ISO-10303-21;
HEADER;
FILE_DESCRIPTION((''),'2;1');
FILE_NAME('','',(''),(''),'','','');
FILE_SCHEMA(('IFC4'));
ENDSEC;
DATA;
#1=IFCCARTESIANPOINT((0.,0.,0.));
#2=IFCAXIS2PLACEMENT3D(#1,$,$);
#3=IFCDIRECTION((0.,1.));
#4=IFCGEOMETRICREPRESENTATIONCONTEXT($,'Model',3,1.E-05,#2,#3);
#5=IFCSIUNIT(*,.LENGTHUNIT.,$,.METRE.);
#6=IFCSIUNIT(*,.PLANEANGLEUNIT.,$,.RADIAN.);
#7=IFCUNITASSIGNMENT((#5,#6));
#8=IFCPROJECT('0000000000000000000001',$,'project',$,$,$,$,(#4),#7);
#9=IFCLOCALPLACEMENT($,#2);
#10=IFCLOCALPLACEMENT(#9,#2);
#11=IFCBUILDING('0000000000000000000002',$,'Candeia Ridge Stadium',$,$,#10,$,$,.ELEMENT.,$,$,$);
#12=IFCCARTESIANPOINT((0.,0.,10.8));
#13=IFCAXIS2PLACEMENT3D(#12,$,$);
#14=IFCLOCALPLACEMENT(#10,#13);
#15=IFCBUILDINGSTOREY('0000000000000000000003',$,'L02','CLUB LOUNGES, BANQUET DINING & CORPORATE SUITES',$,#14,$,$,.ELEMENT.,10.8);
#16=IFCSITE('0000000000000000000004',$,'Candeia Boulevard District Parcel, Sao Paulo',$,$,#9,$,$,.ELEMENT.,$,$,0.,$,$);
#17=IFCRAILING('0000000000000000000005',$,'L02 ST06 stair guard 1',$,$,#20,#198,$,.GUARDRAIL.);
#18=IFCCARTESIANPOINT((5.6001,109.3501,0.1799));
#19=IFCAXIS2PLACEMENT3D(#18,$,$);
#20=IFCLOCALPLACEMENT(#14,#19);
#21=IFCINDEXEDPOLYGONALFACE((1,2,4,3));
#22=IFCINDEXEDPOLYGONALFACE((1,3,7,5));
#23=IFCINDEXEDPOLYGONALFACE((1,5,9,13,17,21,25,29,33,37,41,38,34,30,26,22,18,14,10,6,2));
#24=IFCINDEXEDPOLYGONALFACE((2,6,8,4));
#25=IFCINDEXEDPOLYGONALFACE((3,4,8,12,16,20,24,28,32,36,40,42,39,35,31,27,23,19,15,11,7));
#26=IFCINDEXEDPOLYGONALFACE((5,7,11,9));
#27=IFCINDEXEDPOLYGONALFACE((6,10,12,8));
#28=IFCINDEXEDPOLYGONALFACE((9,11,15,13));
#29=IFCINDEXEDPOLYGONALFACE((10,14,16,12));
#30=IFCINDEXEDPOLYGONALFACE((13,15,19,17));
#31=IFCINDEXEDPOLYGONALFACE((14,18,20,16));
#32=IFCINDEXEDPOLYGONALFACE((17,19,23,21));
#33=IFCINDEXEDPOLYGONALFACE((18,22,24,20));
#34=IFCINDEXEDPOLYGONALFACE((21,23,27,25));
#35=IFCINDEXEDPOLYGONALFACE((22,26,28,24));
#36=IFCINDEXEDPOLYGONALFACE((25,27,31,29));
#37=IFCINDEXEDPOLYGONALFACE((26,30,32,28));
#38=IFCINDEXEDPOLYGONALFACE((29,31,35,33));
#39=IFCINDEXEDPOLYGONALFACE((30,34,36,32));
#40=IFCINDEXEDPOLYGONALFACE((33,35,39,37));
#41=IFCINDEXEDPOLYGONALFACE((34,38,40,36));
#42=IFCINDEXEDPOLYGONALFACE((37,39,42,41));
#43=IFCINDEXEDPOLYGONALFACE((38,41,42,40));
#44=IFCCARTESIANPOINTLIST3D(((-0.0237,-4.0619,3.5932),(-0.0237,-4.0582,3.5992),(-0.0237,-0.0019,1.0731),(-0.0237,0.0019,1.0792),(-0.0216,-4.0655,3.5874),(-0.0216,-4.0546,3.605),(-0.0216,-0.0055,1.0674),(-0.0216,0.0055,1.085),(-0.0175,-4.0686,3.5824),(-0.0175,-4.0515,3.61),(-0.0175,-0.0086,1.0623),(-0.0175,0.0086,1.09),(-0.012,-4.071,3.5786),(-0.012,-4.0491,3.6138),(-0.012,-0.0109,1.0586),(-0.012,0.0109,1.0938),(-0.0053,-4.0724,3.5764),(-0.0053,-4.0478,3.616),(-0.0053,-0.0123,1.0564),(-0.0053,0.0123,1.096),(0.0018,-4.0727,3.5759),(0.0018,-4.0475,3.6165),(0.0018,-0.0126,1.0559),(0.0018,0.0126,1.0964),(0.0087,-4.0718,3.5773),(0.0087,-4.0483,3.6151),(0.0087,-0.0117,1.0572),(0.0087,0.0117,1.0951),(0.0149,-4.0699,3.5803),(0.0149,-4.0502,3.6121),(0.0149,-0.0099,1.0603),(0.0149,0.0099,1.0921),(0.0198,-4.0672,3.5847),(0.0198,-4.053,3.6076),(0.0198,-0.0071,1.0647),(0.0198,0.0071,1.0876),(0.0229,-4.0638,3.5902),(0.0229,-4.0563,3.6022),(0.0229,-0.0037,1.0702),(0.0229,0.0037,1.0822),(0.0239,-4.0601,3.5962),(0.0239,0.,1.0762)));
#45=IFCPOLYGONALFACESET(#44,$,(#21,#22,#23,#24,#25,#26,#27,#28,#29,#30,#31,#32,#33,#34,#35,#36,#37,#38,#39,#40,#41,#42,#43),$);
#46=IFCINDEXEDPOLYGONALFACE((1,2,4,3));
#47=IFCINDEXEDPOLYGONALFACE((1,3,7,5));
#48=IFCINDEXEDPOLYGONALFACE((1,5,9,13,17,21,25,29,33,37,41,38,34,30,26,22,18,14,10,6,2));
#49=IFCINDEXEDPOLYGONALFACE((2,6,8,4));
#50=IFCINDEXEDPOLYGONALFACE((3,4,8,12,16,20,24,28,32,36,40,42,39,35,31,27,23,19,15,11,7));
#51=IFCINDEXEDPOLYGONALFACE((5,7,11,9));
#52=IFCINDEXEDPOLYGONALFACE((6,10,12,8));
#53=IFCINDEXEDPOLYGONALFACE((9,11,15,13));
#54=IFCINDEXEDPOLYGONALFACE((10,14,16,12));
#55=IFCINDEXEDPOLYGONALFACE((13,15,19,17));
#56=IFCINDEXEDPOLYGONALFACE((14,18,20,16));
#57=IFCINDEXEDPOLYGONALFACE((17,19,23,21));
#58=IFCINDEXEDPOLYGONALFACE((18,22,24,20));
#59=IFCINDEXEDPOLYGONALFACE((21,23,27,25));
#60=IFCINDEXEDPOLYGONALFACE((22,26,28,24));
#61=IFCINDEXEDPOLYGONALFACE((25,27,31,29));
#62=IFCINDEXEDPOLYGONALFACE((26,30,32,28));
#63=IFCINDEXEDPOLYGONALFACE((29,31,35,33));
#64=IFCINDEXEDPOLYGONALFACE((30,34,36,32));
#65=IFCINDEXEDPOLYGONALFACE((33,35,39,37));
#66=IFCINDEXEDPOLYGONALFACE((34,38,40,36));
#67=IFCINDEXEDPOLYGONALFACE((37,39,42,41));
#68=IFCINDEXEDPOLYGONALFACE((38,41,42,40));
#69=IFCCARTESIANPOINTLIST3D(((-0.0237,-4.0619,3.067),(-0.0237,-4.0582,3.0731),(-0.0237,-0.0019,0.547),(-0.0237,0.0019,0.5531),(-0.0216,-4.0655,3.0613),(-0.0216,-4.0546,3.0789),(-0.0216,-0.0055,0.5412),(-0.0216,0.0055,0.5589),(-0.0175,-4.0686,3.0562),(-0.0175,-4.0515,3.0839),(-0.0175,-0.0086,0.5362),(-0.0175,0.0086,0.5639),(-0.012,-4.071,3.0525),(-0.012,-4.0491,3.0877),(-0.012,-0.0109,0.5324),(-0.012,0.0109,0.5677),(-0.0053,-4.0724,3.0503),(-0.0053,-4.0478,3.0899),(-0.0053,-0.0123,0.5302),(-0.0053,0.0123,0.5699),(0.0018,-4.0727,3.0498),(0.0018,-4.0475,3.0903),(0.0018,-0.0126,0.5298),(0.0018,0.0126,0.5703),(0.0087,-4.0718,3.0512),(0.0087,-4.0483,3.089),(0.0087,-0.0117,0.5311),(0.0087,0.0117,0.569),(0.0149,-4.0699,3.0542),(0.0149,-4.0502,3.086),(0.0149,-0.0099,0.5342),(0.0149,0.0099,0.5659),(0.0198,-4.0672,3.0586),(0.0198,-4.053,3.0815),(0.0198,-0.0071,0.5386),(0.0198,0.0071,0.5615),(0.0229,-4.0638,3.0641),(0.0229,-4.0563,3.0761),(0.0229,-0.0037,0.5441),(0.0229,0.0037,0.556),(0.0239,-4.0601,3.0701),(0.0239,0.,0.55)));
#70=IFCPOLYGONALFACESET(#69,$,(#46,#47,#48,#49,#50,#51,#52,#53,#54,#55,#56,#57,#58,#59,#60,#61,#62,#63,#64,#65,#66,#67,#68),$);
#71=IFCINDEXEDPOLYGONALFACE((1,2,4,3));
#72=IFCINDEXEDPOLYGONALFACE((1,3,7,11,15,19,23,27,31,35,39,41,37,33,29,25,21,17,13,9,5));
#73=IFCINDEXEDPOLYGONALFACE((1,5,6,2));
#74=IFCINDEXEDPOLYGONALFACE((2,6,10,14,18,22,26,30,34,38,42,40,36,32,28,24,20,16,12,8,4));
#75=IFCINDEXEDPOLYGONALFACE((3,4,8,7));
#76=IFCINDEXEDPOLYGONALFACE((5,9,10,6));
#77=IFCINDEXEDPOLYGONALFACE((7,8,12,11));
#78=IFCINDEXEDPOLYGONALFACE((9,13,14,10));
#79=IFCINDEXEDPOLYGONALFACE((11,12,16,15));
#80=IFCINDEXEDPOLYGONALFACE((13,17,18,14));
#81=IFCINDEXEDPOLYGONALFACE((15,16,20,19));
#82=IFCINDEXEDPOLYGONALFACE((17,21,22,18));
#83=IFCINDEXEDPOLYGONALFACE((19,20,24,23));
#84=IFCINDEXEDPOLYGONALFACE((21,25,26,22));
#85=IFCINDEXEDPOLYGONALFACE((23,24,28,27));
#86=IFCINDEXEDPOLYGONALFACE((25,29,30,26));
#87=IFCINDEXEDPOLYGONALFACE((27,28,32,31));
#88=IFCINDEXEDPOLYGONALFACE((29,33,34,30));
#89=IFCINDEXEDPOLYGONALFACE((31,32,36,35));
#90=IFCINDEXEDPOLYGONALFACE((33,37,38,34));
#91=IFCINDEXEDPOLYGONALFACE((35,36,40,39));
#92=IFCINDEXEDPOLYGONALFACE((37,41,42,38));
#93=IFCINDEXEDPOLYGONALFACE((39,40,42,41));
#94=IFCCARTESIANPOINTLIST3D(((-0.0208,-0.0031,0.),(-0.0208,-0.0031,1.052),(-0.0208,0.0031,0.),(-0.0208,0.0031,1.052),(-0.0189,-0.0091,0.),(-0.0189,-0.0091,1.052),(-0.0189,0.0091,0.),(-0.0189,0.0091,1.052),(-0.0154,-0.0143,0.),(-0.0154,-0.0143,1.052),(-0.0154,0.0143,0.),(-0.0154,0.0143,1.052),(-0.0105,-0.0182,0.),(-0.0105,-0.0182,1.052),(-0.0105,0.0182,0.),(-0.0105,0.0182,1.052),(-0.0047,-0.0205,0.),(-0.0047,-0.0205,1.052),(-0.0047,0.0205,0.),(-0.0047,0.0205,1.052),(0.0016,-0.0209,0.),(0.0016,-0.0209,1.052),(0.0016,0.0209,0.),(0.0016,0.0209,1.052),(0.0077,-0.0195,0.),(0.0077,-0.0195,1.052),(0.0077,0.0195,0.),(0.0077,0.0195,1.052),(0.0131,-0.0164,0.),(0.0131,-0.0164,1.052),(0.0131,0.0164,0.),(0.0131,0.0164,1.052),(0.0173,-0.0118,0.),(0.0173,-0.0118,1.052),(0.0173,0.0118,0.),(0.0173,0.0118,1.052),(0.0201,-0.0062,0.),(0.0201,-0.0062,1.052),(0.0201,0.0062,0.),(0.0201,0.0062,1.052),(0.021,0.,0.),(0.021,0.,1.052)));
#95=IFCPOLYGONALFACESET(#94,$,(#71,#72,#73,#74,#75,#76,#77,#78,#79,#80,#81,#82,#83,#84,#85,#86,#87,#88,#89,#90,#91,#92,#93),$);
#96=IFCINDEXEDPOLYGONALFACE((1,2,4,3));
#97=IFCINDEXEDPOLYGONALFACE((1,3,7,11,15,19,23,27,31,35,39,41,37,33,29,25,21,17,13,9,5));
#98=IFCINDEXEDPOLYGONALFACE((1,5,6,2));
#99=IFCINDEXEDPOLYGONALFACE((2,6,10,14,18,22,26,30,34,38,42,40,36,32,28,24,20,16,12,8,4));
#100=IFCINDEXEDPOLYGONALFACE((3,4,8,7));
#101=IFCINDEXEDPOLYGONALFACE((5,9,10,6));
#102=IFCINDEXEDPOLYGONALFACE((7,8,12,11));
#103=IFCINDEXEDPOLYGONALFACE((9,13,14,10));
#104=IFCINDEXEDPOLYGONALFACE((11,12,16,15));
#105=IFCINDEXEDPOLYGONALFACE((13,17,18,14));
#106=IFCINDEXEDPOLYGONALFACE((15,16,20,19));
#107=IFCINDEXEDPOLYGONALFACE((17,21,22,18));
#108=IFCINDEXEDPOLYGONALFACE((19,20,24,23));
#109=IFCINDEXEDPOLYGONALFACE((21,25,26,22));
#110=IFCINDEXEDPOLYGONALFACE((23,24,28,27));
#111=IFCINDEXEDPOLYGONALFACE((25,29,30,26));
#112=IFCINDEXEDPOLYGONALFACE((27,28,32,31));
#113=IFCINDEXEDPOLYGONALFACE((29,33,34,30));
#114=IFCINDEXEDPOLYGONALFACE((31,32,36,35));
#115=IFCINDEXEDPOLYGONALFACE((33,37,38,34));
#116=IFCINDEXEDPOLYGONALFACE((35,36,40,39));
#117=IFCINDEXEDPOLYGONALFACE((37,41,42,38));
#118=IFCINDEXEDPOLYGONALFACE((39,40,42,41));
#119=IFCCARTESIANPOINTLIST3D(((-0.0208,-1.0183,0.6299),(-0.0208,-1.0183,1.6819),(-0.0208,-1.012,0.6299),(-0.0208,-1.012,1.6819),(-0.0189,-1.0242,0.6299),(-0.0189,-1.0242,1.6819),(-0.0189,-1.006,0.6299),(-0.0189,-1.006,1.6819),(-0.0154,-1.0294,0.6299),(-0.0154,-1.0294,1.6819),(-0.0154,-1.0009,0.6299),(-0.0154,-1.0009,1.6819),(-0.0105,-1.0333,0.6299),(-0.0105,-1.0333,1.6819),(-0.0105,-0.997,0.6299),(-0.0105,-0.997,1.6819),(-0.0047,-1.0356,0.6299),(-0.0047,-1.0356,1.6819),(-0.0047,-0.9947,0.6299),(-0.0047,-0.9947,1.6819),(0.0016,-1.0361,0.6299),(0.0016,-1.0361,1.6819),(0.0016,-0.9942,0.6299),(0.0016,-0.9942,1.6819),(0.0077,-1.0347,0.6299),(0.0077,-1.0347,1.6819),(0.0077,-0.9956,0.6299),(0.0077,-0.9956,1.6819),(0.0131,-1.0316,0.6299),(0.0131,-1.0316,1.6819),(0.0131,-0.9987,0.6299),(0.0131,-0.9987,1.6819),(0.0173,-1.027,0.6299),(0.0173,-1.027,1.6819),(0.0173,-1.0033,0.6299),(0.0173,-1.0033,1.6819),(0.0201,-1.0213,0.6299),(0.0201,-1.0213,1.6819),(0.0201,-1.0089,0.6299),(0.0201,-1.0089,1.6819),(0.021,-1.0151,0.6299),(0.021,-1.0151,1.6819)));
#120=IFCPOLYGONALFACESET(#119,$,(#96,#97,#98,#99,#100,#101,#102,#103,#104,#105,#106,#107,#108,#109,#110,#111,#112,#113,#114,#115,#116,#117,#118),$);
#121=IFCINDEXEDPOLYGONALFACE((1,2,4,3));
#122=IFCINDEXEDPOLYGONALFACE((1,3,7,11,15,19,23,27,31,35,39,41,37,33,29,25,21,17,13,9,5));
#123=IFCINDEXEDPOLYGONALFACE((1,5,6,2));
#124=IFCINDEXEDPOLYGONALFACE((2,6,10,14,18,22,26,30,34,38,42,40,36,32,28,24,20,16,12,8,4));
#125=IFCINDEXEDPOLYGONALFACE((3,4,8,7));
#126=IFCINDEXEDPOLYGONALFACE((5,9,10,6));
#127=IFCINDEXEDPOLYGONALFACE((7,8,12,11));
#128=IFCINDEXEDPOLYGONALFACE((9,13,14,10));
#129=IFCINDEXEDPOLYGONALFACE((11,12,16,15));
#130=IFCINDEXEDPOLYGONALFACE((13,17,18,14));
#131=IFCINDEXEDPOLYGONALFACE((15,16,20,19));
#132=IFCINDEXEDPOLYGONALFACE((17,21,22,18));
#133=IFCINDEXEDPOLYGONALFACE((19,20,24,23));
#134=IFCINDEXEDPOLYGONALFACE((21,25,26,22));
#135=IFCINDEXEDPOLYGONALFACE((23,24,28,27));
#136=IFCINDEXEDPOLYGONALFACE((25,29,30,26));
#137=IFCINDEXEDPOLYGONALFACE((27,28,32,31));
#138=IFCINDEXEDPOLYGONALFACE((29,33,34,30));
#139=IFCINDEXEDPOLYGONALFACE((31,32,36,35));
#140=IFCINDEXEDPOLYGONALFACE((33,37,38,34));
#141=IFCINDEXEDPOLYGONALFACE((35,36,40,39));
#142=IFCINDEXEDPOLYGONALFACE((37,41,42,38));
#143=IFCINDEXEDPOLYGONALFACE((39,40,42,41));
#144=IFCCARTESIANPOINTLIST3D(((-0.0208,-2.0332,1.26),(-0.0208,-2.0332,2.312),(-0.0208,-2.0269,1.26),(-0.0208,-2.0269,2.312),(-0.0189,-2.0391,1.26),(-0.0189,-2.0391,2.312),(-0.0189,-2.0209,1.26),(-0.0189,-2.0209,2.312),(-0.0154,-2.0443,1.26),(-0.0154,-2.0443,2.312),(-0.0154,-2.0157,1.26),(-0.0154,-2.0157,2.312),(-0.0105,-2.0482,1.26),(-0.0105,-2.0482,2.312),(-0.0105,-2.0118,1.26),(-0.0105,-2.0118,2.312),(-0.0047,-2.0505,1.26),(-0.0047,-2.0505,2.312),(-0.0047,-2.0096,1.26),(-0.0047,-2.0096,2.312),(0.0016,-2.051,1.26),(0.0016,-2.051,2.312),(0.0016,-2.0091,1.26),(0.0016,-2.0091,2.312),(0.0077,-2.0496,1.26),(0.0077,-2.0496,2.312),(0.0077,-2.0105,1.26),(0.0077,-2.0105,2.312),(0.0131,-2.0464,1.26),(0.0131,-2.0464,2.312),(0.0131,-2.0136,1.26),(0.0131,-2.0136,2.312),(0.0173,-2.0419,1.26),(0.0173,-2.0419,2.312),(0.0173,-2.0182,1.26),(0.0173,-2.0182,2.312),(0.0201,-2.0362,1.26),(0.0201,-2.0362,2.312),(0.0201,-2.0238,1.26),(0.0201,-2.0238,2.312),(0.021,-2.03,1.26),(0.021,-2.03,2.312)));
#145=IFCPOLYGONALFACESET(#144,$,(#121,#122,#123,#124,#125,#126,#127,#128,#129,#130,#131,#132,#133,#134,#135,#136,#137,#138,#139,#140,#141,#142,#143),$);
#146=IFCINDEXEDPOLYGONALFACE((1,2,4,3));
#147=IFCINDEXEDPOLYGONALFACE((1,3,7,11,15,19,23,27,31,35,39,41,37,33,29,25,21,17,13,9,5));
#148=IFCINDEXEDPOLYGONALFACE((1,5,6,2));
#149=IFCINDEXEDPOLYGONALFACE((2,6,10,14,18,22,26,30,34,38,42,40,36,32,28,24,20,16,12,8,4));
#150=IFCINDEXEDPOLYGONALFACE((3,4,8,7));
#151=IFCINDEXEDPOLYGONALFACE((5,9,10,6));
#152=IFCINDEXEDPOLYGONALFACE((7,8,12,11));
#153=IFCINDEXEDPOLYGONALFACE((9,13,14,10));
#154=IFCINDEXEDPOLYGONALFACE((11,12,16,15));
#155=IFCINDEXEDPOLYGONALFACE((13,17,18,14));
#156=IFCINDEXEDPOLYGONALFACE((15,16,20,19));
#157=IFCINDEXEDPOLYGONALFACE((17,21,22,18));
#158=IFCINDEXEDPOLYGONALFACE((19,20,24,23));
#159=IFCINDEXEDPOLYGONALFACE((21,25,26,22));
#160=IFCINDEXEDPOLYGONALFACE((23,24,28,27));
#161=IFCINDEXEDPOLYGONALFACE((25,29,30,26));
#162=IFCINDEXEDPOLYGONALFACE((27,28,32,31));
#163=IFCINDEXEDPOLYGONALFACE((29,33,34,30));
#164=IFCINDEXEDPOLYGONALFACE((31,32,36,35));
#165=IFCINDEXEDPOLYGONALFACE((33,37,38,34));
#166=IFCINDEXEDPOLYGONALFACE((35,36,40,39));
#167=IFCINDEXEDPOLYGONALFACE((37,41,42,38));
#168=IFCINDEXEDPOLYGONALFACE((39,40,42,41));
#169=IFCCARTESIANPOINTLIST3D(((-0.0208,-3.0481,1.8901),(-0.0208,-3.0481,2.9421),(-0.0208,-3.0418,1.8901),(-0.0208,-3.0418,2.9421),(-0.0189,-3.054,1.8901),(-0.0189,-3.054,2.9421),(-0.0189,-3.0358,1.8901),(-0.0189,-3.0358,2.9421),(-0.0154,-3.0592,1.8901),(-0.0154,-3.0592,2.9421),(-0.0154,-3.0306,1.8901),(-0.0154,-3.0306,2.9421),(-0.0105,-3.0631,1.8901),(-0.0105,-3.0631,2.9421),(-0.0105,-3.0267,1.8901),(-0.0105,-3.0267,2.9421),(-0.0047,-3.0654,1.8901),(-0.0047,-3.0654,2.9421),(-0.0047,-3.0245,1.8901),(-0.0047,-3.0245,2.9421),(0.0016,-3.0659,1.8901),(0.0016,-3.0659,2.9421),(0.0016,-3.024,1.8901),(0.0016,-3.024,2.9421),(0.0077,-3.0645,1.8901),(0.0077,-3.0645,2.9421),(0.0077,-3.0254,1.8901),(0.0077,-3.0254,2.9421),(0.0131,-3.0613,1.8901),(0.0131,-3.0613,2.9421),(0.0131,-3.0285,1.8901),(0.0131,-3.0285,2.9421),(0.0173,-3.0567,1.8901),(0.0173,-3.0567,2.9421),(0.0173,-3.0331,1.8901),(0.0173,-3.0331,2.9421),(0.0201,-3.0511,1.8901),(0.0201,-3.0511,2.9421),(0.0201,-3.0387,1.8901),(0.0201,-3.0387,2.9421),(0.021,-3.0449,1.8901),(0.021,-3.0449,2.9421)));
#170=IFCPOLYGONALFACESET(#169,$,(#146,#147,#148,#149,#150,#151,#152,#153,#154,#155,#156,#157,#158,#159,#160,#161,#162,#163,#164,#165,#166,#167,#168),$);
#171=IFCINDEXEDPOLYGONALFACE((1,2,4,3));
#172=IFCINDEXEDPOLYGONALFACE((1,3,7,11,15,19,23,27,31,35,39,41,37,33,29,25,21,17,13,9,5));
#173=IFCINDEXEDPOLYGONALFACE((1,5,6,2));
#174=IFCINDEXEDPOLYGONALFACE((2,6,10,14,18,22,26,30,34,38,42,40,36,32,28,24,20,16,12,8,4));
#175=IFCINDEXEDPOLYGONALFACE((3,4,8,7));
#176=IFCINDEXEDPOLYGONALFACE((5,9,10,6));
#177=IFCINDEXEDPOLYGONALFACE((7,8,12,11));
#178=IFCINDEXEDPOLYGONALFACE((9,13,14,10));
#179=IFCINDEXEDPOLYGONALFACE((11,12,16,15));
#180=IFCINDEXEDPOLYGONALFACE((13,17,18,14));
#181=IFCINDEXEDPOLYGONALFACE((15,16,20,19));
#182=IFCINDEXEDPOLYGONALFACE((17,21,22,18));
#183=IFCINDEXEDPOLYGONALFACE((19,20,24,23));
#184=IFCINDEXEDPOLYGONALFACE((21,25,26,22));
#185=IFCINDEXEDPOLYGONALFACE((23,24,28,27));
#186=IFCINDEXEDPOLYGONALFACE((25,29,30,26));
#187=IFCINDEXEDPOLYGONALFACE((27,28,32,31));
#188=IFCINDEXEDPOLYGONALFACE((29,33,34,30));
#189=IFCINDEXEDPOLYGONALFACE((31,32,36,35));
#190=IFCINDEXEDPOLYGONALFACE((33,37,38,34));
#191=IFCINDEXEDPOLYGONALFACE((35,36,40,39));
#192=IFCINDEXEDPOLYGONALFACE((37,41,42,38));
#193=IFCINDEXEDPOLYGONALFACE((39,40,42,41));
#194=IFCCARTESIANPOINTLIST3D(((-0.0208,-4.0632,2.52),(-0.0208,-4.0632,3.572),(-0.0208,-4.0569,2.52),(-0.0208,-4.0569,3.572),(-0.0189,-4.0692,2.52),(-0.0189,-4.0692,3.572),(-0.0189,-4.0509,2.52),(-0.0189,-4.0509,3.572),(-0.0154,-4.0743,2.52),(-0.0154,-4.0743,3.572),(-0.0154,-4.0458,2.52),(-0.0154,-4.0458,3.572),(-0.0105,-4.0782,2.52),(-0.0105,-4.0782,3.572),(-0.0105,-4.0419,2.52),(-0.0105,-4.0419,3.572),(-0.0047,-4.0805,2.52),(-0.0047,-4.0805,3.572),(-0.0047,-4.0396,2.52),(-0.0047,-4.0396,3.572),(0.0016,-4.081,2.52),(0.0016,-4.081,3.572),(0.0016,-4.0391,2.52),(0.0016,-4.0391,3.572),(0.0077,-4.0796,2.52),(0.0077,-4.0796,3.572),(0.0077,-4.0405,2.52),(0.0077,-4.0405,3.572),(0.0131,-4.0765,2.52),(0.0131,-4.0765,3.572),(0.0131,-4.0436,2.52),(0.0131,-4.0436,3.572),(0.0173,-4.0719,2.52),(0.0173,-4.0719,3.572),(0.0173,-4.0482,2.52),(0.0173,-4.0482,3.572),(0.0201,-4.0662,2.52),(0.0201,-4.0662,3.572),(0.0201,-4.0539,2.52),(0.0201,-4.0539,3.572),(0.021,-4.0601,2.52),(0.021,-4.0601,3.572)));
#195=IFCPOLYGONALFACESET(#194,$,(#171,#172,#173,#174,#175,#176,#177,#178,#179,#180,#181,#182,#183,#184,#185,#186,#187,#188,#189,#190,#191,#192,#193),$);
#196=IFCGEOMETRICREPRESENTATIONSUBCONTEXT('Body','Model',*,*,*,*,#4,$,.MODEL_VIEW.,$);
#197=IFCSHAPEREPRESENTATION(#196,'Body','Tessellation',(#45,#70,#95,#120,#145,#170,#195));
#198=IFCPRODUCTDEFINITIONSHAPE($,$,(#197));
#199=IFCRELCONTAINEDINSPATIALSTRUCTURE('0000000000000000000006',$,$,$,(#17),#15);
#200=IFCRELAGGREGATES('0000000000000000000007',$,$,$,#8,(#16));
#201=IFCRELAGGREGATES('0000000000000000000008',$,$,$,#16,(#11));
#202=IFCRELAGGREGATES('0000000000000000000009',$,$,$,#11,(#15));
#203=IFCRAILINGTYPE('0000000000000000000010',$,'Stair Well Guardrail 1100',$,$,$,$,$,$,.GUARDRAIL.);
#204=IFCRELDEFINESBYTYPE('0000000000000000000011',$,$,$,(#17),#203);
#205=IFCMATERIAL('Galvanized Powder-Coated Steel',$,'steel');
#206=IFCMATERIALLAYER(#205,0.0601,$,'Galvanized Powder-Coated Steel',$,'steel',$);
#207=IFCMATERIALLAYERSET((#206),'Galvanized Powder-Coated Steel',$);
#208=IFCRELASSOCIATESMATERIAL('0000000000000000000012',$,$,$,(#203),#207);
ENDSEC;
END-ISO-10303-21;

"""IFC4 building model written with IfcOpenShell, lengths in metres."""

from ifc_helpers import new_model, si_unit, direction, frame, origin, origin_2d, place, context, subcontext, project, spatial, circle, extrude, material, layer, layer_set, type_object, element, save


model = new_model("IFC4")

# Units and contexts
model_context = context("Model", 3, precision=1e-05, world=origin(), true_north=direction((0.0, 1.0)))
body_context = subcontext(model_context, "Body", "Model", "MODEL_VIEW")
ifc_project = project(units=[si_unit("LENGTHUNIT", "METRE"), si_unit("PLANEANGLEUNIT", "RADIAN")], contexts=[model_context])

# Site, building, storey
site_placement = place(None, origin())
site = spatial("IfcSite", under=ifc_project, at=site_placement, Name="Candeia Boulevard District Parcel, Sao Paulo", CompositionType="ELEMENT", RefElevation=0.0)
building_placement = place(site_placement, origin())
building = spatial("IfcBuilding", under=site, at=building_placement, Name="Candeia Ridge Stadium", CompositionType="ELEMENT")
storey_placement = place(building_placement, frame((0.0, 0.0, 10.8)))
storey = spatial("IfcBuildingStorey", under=building, at=storey_placement, Name="L02", Description="CLUB LOUNGES, BANQUET DINING & CORPORATE SUITES", CompositionType="ELEMENT", Elevation=10.8)

# Railing
ifc_material_1 = material(Name="Galvanized Powder-Coated Steel", Category="steel")
ifc_layer_1 = layer(ifc_material_1, 0.0601, Name="Galvanized Powder-Coated Steel", Category="steel")
ifc_layer_set_1 = layer_set([ifc_layer_1], Name="Galvanized Powder-Coated Steel")
railing_type_1 = type_object("IfcRailingType", Name="Stair Well Guardrail 1100", PredefinedType="GUARDRAIL", material=ifc_layer_set_1)
railing_1_placement = place(storey_placement, frame((5.6001, 109.3501, 0.1799)))
element("IfcRailing", 1, at=railing_1_placement, inside=storey, type_object=railing_type_1, Name="L02 ST06 stair guard 1", PredefinedType="GUARDRAIL", context=body_context, shape_type="SweptSolid", body=[
    extrude(circle(Radius=0.0239, at=origin_2d()), frame((0.0, 0.0, 1.0762), z_axis=(0.0, -0.849642, 0.52736), x_axis=(1.0, 0.0, 0.0)), (0.0, 0.0, 1.0), 4.7786),
    extrude(circle(Radius=0.0239, at=origin_2d()), frame((0.0, 0.0, 0.55), z_axis=(0.0, -0.849642, 0.52736), x_axis=(1.0, 0.0, 0.0)), (0.0, 0.0, 1.0), 4.7786),
    extrude(circle(Radius=0.021, at=origin_2d()), origin(), (0.0, 0.0, 1.0), 1.052),
    extrude(circle(Radius=0.021, at=origin_2d()), frame((0.0, -1.0151, 0.6299)), (0.0, 0.0, 1.0), 1.052),
    extrude(circle(Radius=0.021, at=origin_2d()), frame((0.0, -2.03, 1.26)), (0.0, 0.0, 1.0), 1.052),
    extrude(circle(Radius=0.021, at=origin_2d()), frame((0.0, -3.0449, 1.8901)), (0.0, 0.0, 1.0), 1.052),
    extrude(circle(Radius=0.021, at=origin_2d()), frame((0.0, -4.0601, 2.52)), (0.0, 0.0, 1.0), 1.052),
])

save(model, "model.ifc")
